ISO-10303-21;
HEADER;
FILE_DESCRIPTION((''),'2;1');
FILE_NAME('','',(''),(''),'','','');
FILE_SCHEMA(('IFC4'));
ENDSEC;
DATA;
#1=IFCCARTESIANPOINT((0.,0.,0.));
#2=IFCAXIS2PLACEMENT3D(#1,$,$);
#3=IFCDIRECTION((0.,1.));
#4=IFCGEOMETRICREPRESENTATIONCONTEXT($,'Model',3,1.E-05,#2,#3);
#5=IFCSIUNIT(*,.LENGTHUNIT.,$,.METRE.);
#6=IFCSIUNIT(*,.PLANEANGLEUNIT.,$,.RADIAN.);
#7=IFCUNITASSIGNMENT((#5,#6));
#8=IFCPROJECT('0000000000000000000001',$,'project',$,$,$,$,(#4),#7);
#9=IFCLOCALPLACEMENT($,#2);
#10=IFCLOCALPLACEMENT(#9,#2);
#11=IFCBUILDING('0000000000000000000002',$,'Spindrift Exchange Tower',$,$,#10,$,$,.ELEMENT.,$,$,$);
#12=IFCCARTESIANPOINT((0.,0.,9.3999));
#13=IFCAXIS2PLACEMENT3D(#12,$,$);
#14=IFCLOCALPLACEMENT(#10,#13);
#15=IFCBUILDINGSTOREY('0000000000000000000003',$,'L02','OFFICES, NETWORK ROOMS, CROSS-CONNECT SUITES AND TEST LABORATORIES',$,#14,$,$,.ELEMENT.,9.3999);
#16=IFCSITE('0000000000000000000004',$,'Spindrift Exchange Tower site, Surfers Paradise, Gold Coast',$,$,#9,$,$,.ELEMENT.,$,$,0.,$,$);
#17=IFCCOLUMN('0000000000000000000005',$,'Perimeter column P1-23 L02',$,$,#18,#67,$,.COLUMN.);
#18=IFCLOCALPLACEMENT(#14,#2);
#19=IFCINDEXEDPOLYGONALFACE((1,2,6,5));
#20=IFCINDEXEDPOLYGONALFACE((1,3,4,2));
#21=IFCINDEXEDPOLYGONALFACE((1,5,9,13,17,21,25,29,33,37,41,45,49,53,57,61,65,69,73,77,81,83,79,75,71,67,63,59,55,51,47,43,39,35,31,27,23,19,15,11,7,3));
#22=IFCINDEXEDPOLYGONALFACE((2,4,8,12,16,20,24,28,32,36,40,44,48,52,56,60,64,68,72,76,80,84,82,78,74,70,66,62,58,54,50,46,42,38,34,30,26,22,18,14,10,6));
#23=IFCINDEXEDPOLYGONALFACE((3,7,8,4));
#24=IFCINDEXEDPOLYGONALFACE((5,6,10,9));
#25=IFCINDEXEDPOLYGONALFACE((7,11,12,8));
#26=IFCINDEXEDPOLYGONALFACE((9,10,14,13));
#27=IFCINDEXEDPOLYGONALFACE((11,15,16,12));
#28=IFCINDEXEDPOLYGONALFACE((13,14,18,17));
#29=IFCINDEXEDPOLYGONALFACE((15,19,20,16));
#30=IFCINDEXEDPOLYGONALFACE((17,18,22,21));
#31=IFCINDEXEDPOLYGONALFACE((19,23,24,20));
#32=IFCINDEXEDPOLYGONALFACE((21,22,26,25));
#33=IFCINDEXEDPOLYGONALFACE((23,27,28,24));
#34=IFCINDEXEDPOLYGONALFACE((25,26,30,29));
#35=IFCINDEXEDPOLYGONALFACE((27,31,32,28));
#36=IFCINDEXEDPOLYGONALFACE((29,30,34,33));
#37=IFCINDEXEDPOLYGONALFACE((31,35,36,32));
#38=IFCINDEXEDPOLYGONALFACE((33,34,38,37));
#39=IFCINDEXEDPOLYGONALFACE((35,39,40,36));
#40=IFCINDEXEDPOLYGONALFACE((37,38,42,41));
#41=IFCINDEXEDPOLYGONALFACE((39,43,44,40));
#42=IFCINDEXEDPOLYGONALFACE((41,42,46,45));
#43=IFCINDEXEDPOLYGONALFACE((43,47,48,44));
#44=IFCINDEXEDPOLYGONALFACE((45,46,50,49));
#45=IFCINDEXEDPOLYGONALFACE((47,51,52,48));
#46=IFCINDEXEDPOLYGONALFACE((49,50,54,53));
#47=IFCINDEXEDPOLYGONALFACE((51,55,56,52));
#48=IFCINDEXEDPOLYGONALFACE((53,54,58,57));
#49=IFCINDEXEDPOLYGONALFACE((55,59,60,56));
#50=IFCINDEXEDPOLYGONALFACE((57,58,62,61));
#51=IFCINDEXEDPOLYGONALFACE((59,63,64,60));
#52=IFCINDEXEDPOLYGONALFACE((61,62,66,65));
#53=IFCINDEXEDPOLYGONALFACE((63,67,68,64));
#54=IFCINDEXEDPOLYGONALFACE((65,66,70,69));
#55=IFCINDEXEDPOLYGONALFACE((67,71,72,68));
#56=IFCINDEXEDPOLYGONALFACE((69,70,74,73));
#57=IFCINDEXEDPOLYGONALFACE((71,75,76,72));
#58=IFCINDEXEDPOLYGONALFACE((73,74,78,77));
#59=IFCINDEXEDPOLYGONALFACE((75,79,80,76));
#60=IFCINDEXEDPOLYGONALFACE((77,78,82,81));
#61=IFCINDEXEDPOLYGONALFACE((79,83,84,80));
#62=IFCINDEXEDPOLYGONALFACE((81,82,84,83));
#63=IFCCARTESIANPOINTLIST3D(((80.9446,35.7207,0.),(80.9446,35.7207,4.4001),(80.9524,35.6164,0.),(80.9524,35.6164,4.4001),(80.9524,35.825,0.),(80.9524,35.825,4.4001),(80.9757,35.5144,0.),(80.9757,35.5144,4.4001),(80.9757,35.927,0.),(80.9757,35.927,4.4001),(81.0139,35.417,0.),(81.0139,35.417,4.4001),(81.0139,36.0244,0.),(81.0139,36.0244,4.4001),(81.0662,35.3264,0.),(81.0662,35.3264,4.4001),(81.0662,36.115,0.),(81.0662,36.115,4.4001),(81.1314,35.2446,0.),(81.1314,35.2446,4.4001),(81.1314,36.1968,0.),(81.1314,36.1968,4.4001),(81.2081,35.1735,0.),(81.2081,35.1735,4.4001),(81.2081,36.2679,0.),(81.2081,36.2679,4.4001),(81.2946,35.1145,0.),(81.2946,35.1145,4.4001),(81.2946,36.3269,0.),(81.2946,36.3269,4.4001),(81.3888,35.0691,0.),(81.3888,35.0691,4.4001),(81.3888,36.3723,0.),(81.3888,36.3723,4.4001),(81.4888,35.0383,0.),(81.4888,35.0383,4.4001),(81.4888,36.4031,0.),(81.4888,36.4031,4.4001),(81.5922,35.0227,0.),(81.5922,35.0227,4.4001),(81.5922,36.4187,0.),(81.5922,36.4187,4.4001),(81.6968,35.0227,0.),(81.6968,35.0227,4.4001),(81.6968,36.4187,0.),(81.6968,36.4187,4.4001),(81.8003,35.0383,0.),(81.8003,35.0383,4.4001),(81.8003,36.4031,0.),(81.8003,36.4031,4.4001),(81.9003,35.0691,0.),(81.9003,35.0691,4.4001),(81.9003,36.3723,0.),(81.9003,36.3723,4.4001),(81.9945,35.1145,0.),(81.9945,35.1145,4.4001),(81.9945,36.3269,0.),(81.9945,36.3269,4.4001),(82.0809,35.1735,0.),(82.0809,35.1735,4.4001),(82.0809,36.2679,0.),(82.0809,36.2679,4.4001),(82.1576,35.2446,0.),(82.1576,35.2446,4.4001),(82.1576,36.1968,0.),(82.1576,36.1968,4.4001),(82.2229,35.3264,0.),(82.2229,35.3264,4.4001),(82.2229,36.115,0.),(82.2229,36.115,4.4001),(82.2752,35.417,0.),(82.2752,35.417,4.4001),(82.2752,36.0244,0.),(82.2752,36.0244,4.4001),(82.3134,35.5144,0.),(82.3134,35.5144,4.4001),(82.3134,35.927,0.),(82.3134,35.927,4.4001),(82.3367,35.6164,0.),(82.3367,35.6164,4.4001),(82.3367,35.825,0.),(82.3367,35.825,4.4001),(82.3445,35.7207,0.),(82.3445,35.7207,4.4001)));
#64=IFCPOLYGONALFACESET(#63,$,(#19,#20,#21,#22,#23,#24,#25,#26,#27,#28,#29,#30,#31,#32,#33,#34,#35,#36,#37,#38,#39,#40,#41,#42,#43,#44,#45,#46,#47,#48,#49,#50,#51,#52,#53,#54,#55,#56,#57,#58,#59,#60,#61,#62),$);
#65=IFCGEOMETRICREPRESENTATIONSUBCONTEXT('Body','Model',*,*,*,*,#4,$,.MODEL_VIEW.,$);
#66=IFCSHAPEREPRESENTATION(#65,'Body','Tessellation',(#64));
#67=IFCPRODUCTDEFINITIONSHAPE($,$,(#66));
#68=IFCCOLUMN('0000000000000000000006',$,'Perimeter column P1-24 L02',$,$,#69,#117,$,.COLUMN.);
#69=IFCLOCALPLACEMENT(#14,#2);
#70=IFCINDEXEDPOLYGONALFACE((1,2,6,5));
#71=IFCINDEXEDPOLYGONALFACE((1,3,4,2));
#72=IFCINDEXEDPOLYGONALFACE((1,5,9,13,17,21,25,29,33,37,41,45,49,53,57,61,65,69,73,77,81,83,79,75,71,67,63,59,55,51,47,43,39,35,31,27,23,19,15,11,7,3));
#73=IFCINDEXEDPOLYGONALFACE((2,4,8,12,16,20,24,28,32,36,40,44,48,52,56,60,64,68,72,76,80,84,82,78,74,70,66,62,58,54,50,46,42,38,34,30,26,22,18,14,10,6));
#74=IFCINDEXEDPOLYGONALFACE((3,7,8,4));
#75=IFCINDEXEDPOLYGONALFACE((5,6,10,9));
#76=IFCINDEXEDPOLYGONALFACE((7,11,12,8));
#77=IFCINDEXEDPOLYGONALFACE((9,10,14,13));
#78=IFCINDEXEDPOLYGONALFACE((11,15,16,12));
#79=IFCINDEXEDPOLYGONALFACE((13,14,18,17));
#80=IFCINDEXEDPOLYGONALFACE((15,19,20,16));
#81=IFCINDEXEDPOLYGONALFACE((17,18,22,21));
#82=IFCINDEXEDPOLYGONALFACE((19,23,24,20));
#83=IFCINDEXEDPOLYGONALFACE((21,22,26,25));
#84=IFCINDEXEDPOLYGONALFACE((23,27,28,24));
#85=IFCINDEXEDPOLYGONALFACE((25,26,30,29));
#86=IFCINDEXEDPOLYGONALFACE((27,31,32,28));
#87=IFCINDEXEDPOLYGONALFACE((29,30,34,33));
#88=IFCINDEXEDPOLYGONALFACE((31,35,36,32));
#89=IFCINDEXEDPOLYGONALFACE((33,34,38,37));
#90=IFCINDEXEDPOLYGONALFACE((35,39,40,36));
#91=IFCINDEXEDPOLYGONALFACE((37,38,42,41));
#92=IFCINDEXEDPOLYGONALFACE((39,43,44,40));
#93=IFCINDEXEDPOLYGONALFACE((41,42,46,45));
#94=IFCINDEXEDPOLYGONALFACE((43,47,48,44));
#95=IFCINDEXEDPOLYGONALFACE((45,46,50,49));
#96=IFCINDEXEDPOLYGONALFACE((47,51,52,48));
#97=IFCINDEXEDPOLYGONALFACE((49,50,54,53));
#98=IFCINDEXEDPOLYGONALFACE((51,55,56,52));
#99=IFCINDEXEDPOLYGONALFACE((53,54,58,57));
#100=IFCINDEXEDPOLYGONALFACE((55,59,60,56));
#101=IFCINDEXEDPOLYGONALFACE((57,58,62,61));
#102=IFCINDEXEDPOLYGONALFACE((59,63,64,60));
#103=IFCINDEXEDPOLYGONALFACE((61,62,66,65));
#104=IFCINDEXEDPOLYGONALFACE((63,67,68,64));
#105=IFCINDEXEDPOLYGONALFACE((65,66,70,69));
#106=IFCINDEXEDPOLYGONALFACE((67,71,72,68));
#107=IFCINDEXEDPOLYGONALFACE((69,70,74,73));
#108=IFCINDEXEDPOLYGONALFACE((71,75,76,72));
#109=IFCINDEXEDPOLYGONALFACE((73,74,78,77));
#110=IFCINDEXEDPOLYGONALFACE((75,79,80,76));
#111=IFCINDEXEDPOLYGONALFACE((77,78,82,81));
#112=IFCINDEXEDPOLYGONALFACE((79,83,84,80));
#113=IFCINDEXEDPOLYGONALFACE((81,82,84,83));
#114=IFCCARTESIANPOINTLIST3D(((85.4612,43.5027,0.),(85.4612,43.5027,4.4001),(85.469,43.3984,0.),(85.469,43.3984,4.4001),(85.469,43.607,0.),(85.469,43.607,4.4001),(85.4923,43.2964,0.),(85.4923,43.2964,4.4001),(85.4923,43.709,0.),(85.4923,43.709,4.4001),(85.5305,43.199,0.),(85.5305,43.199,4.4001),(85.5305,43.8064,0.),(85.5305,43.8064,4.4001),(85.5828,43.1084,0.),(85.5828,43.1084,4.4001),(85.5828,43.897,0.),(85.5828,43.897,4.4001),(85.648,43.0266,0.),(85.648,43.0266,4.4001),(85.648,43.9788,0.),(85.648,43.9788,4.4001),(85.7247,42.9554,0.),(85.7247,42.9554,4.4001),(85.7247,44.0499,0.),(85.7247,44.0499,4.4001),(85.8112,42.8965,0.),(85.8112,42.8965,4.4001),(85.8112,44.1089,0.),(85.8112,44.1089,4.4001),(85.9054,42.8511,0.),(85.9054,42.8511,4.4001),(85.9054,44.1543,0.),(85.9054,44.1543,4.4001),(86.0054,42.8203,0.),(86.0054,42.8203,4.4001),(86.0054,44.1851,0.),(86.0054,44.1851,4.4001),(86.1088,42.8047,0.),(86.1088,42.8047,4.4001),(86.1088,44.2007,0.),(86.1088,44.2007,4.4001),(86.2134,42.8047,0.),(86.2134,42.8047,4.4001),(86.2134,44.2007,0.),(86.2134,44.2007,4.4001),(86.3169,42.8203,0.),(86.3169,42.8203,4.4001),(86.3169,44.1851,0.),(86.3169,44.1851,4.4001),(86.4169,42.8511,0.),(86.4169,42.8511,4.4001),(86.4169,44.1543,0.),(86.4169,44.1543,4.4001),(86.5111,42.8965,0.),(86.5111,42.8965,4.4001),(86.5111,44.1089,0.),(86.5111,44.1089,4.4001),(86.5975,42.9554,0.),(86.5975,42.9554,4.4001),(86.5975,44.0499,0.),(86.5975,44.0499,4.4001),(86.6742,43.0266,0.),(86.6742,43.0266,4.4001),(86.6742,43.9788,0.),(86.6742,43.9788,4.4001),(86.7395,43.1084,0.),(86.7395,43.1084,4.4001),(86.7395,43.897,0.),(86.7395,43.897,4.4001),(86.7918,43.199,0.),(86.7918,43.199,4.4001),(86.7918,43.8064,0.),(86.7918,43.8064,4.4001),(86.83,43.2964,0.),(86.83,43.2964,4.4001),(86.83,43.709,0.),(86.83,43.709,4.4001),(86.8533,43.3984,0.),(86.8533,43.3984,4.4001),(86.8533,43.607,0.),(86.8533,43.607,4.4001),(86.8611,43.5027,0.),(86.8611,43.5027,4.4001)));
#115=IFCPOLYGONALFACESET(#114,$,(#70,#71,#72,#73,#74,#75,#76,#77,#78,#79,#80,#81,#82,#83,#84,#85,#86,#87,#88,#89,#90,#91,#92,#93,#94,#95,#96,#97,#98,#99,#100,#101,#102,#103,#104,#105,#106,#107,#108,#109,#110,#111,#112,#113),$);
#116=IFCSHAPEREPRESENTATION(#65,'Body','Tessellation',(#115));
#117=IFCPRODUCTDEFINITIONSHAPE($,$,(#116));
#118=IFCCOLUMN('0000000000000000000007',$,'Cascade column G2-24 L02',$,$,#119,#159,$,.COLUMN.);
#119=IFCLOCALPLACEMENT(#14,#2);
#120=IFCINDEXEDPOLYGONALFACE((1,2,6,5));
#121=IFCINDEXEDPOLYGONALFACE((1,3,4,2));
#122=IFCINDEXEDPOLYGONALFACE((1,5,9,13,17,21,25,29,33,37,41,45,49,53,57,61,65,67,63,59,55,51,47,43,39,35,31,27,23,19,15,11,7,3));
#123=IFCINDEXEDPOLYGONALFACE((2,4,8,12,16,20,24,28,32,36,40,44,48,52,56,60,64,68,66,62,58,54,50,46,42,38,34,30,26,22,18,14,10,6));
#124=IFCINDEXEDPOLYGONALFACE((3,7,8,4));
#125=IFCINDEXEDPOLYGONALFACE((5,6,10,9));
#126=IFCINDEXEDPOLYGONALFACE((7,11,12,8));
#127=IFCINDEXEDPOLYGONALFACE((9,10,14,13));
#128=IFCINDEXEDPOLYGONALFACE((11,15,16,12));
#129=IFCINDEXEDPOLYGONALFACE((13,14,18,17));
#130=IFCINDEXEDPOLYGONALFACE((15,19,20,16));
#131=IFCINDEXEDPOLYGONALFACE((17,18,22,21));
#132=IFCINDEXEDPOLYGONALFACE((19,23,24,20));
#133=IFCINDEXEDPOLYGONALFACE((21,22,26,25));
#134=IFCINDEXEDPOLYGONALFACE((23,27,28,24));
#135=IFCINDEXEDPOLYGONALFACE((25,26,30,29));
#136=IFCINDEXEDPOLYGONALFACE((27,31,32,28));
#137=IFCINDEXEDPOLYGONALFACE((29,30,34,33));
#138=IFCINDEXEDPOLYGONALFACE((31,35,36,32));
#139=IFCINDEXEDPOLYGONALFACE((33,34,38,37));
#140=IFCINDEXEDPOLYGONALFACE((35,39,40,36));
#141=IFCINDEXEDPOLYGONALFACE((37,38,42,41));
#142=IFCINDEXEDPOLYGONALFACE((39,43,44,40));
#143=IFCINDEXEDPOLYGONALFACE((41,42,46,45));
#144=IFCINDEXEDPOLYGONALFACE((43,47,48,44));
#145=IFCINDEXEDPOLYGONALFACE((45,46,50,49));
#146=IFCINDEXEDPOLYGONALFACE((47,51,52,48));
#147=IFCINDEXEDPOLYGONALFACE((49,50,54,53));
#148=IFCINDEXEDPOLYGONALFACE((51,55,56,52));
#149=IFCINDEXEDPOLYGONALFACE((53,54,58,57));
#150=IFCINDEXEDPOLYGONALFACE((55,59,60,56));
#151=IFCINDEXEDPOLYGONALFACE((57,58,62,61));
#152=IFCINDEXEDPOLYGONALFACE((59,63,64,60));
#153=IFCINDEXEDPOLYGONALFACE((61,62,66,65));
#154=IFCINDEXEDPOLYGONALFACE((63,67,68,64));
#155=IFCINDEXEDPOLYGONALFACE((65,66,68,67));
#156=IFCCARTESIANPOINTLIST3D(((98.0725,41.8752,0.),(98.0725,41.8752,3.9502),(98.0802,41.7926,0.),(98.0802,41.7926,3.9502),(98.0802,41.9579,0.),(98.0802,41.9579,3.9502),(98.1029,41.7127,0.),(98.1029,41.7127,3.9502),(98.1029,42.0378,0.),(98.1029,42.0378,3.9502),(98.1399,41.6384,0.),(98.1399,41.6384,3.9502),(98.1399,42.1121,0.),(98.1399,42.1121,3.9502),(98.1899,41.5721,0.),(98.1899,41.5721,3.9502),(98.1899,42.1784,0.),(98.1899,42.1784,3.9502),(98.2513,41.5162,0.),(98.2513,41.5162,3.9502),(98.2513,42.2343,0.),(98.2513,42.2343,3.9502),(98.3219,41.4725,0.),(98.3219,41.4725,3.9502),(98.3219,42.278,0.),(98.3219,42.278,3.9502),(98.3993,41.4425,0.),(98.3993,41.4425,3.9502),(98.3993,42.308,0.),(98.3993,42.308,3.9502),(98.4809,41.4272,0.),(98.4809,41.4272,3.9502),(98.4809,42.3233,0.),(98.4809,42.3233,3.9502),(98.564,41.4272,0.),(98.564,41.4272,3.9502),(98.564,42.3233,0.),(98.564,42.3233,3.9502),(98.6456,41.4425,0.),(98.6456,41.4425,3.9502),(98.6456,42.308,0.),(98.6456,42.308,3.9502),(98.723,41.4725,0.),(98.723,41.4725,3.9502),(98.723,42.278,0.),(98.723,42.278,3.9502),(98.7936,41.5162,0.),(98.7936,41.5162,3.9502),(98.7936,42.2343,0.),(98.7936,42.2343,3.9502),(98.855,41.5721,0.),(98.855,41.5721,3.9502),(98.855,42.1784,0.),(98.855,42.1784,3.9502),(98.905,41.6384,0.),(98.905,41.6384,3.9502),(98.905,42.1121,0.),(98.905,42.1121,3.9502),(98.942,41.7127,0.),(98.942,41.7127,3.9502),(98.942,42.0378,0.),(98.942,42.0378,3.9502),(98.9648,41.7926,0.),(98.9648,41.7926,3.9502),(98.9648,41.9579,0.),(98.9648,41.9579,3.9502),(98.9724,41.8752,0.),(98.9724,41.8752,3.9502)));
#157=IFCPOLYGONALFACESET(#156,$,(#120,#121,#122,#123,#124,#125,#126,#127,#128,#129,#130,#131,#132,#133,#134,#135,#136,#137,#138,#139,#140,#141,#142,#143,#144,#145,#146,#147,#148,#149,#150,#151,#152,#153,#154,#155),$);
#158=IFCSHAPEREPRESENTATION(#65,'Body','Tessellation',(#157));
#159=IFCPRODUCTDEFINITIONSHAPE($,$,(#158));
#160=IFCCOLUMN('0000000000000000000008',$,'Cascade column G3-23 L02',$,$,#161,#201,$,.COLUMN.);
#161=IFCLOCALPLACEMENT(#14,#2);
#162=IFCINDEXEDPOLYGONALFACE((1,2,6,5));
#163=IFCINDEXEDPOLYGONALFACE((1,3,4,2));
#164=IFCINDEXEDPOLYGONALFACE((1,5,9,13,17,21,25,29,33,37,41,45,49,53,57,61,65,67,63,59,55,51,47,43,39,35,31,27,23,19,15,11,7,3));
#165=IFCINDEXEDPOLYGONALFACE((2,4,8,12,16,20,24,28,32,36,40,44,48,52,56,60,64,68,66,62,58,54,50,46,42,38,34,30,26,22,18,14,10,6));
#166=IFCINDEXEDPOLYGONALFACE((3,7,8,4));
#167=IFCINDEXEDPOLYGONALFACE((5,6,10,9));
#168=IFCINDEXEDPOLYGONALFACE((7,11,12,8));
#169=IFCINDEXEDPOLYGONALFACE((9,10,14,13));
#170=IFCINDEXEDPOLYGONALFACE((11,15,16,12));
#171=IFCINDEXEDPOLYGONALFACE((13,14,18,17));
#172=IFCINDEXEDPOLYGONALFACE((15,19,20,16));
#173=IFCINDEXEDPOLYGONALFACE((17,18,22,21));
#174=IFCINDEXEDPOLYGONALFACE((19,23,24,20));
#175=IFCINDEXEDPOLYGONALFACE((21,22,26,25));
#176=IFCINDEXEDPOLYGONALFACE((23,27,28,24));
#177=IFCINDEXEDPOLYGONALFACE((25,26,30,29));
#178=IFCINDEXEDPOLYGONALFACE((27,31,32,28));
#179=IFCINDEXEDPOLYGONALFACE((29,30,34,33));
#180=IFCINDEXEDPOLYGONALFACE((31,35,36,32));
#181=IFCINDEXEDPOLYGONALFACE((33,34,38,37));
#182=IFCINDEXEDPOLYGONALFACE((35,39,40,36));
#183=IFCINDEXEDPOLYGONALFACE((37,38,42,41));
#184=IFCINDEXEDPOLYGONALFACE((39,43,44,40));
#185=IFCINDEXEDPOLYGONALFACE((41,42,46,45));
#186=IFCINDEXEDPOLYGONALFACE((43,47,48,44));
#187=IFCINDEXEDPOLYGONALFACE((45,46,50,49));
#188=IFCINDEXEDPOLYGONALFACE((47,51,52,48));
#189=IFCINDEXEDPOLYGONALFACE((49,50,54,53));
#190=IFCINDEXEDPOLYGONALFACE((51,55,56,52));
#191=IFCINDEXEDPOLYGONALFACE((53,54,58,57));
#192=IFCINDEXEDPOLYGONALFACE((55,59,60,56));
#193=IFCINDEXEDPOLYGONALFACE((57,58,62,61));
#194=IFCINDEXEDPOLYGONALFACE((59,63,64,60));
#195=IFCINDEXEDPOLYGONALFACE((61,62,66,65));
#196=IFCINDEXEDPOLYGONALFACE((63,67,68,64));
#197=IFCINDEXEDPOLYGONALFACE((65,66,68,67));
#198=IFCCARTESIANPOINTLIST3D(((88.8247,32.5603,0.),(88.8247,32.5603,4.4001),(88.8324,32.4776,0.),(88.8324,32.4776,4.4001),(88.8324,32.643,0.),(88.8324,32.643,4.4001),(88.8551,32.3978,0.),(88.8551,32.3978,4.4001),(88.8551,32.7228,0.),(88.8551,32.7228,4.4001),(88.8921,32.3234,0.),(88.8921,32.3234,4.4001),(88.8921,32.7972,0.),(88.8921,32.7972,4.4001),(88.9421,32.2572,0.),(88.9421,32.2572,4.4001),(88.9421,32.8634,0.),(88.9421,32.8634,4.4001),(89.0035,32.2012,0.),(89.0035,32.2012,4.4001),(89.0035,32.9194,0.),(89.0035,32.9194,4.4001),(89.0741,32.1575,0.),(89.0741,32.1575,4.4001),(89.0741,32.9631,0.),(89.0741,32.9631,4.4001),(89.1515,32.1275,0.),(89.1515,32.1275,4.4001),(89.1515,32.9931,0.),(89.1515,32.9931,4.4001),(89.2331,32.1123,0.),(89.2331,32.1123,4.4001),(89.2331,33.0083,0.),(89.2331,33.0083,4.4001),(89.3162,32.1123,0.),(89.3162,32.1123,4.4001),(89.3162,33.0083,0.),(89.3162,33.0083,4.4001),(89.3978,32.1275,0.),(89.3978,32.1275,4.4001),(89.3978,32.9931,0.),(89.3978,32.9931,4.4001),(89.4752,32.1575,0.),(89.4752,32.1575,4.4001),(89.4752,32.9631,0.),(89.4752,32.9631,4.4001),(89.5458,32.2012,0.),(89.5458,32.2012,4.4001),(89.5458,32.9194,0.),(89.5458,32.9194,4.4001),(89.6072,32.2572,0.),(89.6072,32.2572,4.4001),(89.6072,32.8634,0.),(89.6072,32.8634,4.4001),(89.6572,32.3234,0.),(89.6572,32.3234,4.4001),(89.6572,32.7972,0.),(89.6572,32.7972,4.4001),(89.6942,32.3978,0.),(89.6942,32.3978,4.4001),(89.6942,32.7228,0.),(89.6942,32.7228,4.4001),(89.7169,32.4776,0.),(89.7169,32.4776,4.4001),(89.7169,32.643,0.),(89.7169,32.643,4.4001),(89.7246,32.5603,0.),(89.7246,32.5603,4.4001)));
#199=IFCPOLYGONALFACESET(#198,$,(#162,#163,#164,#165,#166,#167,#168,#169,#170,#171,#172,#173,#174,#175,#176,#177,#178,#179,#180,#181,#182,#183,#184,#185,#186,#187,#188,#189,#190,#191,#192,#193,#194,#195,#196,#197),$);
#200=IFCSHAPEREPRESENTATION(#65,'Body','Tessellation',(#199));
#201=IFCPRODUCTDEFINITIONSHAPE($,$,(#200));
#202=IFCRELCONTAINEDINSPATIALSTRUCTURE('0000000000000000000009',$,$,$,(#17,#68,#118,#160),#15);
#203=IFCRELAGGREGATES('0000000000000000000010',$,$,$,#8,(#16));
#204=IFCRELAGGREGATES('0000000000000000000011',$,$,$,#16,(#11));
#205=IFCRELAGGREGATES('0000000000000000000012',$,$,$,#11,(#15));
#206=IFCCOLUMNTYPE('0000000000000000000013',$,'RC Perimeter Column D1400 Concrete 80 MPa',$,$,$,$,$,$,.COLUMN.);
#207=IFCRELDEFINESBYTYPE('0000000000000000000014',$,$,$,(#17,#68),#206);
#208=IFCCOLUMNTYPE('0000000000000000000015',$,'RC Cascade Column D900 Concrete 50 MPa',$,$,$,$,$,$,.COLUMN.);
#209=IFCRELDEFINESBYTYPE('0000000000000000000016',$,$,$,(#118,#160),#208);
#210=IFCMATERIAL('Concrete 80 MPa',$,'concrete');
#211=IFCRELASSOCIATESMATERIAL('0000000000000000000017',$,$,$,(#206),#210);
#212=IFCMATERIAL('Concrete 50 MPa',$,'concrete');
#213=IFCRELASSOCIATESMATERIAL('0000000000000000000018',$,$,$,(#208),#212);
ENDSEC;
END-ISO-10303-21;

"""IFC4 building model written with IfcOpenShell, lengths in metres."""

from ifc_helpers import new_model, si_unit, direction, frame, origin, origin_2d, place, context, subcontext, project, spatial, circle, extrude, source, transform, mapped, material, material_profile, profile_set, type_object, element, save


model = new_model("IFC4")

# Units and contexts
model_context = context("Model", 3, precision=1e-05, world=origin(), true_north=direction((0.0, 1.0)))
body_context = subcontext(model_context, "Body", "Model", "MODEL_VIEW")
ifc_project = project(units=[si_unit("LENGTHUNIT", "METRE"), si_unit("PLANEANGLEUNIT", "RADIAN")], contexts=[model_context])

# Site, building, storey
site_placement = place(None, origin())
site = spatial("IfcSite", under=ifc_project, at=site_placement, Name="Spindrift Exchange Tower site, Surfers Paradise, Gold Coast", CompositionType="ELEMENT", RefElevation=0.0)
building_placement = place(site_placement, origin())
building = spatial("IfcBuilding", under=site, at=building_placement, Name="Spindrift Exchange Tower", CompositionType="ELEMENT")
storey_placement = place(building_placement, frame((0.0, 0.0, 9.3999)))
storey = spatial("IfcBuildingStorey", under=building, at=storey_placement, Name="L02", Description="OFFICES, NETWORK ROOMS, CROSS-CONNECT SUITES AND TEST LABORATORIES", CompositionType="ELEMENT", Elevation=9.3999)

# Columns
ifc_material_1 = material(Name="Concrete 80 MPa", Category="concrete")
ifc_material_profile_1 = material_profile(ifc_material_1, circle(Radius=0.7, at=origin_2d()), Name="RC D1400")
ifc_profile_set_1 = profile_set([ifc_material_profile_1], Name="Concrete 80 MPa")
column_type_1 = type_object("IfcColumnType", Name="RC Perimeter Column D1400 Concrete 80 MPa", PredefinedType="COLUMN", material=ifc_profile_set_1)
shared_shape_1 = source(origin(), body_context, "Body", "SweptSolid", [
    extrude(circle(Radius=0.7, at=origin_2d()), origin(), (0.0, 0.0, 1.0), 4.4001),
])
for number, where, z_axis, x_axis, name in (
    (1, (81.6445, 35.7207, 0.0), (0.0, 0.0, 1.0), (1.0, 0.0, 0.0), "Perimeter column P1-23 L02"),
    (2, (86.1611, 43.5027, 0.0), (0.0, 0.0, 1.0), (1.0, 0.0, 0.0), "Perimeter column P1-24 L02"),
):
    element("IfcColumn", number, at=place(storey_placement, frame(where, z_axis=z_axis, x_axis=x_axis)), inside=storey, type_object=column_type_1, Name=name, PredefinedType="COLUMN", context=body_context, shape_type="MappedRepresentation", body=[
        mapped(shared_shape_1, transform((0.0, 0.0, 0.0), scale=1.0)),
    ])
ifc_material_2 = material(Name="Concrete 50 MPa", Category="concrete")
ifc_material_profile_2 = material_profile(ifc_material_2, circle(Radius=0.45, at=origin_2d()), Name="RC D900")
ifc_profile_set_2 = profile_set([ifc_material_profile_2], Name="Concrete 50 MPa")
column_type_2 = type_object("IfcColumnType", Name="RC Cascade Column D900 Concrete 50 MPa", PredefinedType="COLUMN", material=ifc_profile_set_2)
shared_shape_2 = source(origin(), body_context, "Body", "SweptSolid", [
    extrude(circle(Radius=0.45, at=origin_2d()), origin(), (0.0, 0.0, 1.0), 3.9502),
])
column_placement = place(storey_placement, frame((98.5225, 41.8752, 0.0), z_axis=(0.0, 0.0, 1.0), x_axis=(1.0, 0.0, 0.0)))
element("IfcColumn", 3, at=column_placement, inside=storey, type_object=column_type_2, Name="Cascade column G2-24 L02", PredefinedType="COLUMN", context=body_context, shape_type="MappedRepresentation", body=[
    mapped(shared_shape_2, transform((0.0, 0.0, 0.0), scale=1.0)),
])
shared_shape_3 = source(origin(), body_context, "Body", "SweptSolid", [
    extrude(circle(Radius=0.45, at=origin_2d()), origin(), (0.0, 0.0, 1.0), 4.4001),
])
for number, where, z_axis, x_axis, name in (
    (4, (89.2747, 32.5603, 0.0), (0.0, 0.0, 1.0), (1.0, 0.0, 0.0), "Cascade column G3-23 L02"),
):
    element("IfcColumn", number, at=place(storey_placement, frame(where, z_axis=z_axis, x_axis=x_axis)), inside=storey, type_object=column_type_2, Name=name, PredefinedType="COLUMN", context=body_context, shape_type="MappedRepresentation", body=[
        mapped(shared_shape_3, transform((0.0, 0.0, 0.0), scale=1.0)),
    ])

save(model, "model.ifc")
